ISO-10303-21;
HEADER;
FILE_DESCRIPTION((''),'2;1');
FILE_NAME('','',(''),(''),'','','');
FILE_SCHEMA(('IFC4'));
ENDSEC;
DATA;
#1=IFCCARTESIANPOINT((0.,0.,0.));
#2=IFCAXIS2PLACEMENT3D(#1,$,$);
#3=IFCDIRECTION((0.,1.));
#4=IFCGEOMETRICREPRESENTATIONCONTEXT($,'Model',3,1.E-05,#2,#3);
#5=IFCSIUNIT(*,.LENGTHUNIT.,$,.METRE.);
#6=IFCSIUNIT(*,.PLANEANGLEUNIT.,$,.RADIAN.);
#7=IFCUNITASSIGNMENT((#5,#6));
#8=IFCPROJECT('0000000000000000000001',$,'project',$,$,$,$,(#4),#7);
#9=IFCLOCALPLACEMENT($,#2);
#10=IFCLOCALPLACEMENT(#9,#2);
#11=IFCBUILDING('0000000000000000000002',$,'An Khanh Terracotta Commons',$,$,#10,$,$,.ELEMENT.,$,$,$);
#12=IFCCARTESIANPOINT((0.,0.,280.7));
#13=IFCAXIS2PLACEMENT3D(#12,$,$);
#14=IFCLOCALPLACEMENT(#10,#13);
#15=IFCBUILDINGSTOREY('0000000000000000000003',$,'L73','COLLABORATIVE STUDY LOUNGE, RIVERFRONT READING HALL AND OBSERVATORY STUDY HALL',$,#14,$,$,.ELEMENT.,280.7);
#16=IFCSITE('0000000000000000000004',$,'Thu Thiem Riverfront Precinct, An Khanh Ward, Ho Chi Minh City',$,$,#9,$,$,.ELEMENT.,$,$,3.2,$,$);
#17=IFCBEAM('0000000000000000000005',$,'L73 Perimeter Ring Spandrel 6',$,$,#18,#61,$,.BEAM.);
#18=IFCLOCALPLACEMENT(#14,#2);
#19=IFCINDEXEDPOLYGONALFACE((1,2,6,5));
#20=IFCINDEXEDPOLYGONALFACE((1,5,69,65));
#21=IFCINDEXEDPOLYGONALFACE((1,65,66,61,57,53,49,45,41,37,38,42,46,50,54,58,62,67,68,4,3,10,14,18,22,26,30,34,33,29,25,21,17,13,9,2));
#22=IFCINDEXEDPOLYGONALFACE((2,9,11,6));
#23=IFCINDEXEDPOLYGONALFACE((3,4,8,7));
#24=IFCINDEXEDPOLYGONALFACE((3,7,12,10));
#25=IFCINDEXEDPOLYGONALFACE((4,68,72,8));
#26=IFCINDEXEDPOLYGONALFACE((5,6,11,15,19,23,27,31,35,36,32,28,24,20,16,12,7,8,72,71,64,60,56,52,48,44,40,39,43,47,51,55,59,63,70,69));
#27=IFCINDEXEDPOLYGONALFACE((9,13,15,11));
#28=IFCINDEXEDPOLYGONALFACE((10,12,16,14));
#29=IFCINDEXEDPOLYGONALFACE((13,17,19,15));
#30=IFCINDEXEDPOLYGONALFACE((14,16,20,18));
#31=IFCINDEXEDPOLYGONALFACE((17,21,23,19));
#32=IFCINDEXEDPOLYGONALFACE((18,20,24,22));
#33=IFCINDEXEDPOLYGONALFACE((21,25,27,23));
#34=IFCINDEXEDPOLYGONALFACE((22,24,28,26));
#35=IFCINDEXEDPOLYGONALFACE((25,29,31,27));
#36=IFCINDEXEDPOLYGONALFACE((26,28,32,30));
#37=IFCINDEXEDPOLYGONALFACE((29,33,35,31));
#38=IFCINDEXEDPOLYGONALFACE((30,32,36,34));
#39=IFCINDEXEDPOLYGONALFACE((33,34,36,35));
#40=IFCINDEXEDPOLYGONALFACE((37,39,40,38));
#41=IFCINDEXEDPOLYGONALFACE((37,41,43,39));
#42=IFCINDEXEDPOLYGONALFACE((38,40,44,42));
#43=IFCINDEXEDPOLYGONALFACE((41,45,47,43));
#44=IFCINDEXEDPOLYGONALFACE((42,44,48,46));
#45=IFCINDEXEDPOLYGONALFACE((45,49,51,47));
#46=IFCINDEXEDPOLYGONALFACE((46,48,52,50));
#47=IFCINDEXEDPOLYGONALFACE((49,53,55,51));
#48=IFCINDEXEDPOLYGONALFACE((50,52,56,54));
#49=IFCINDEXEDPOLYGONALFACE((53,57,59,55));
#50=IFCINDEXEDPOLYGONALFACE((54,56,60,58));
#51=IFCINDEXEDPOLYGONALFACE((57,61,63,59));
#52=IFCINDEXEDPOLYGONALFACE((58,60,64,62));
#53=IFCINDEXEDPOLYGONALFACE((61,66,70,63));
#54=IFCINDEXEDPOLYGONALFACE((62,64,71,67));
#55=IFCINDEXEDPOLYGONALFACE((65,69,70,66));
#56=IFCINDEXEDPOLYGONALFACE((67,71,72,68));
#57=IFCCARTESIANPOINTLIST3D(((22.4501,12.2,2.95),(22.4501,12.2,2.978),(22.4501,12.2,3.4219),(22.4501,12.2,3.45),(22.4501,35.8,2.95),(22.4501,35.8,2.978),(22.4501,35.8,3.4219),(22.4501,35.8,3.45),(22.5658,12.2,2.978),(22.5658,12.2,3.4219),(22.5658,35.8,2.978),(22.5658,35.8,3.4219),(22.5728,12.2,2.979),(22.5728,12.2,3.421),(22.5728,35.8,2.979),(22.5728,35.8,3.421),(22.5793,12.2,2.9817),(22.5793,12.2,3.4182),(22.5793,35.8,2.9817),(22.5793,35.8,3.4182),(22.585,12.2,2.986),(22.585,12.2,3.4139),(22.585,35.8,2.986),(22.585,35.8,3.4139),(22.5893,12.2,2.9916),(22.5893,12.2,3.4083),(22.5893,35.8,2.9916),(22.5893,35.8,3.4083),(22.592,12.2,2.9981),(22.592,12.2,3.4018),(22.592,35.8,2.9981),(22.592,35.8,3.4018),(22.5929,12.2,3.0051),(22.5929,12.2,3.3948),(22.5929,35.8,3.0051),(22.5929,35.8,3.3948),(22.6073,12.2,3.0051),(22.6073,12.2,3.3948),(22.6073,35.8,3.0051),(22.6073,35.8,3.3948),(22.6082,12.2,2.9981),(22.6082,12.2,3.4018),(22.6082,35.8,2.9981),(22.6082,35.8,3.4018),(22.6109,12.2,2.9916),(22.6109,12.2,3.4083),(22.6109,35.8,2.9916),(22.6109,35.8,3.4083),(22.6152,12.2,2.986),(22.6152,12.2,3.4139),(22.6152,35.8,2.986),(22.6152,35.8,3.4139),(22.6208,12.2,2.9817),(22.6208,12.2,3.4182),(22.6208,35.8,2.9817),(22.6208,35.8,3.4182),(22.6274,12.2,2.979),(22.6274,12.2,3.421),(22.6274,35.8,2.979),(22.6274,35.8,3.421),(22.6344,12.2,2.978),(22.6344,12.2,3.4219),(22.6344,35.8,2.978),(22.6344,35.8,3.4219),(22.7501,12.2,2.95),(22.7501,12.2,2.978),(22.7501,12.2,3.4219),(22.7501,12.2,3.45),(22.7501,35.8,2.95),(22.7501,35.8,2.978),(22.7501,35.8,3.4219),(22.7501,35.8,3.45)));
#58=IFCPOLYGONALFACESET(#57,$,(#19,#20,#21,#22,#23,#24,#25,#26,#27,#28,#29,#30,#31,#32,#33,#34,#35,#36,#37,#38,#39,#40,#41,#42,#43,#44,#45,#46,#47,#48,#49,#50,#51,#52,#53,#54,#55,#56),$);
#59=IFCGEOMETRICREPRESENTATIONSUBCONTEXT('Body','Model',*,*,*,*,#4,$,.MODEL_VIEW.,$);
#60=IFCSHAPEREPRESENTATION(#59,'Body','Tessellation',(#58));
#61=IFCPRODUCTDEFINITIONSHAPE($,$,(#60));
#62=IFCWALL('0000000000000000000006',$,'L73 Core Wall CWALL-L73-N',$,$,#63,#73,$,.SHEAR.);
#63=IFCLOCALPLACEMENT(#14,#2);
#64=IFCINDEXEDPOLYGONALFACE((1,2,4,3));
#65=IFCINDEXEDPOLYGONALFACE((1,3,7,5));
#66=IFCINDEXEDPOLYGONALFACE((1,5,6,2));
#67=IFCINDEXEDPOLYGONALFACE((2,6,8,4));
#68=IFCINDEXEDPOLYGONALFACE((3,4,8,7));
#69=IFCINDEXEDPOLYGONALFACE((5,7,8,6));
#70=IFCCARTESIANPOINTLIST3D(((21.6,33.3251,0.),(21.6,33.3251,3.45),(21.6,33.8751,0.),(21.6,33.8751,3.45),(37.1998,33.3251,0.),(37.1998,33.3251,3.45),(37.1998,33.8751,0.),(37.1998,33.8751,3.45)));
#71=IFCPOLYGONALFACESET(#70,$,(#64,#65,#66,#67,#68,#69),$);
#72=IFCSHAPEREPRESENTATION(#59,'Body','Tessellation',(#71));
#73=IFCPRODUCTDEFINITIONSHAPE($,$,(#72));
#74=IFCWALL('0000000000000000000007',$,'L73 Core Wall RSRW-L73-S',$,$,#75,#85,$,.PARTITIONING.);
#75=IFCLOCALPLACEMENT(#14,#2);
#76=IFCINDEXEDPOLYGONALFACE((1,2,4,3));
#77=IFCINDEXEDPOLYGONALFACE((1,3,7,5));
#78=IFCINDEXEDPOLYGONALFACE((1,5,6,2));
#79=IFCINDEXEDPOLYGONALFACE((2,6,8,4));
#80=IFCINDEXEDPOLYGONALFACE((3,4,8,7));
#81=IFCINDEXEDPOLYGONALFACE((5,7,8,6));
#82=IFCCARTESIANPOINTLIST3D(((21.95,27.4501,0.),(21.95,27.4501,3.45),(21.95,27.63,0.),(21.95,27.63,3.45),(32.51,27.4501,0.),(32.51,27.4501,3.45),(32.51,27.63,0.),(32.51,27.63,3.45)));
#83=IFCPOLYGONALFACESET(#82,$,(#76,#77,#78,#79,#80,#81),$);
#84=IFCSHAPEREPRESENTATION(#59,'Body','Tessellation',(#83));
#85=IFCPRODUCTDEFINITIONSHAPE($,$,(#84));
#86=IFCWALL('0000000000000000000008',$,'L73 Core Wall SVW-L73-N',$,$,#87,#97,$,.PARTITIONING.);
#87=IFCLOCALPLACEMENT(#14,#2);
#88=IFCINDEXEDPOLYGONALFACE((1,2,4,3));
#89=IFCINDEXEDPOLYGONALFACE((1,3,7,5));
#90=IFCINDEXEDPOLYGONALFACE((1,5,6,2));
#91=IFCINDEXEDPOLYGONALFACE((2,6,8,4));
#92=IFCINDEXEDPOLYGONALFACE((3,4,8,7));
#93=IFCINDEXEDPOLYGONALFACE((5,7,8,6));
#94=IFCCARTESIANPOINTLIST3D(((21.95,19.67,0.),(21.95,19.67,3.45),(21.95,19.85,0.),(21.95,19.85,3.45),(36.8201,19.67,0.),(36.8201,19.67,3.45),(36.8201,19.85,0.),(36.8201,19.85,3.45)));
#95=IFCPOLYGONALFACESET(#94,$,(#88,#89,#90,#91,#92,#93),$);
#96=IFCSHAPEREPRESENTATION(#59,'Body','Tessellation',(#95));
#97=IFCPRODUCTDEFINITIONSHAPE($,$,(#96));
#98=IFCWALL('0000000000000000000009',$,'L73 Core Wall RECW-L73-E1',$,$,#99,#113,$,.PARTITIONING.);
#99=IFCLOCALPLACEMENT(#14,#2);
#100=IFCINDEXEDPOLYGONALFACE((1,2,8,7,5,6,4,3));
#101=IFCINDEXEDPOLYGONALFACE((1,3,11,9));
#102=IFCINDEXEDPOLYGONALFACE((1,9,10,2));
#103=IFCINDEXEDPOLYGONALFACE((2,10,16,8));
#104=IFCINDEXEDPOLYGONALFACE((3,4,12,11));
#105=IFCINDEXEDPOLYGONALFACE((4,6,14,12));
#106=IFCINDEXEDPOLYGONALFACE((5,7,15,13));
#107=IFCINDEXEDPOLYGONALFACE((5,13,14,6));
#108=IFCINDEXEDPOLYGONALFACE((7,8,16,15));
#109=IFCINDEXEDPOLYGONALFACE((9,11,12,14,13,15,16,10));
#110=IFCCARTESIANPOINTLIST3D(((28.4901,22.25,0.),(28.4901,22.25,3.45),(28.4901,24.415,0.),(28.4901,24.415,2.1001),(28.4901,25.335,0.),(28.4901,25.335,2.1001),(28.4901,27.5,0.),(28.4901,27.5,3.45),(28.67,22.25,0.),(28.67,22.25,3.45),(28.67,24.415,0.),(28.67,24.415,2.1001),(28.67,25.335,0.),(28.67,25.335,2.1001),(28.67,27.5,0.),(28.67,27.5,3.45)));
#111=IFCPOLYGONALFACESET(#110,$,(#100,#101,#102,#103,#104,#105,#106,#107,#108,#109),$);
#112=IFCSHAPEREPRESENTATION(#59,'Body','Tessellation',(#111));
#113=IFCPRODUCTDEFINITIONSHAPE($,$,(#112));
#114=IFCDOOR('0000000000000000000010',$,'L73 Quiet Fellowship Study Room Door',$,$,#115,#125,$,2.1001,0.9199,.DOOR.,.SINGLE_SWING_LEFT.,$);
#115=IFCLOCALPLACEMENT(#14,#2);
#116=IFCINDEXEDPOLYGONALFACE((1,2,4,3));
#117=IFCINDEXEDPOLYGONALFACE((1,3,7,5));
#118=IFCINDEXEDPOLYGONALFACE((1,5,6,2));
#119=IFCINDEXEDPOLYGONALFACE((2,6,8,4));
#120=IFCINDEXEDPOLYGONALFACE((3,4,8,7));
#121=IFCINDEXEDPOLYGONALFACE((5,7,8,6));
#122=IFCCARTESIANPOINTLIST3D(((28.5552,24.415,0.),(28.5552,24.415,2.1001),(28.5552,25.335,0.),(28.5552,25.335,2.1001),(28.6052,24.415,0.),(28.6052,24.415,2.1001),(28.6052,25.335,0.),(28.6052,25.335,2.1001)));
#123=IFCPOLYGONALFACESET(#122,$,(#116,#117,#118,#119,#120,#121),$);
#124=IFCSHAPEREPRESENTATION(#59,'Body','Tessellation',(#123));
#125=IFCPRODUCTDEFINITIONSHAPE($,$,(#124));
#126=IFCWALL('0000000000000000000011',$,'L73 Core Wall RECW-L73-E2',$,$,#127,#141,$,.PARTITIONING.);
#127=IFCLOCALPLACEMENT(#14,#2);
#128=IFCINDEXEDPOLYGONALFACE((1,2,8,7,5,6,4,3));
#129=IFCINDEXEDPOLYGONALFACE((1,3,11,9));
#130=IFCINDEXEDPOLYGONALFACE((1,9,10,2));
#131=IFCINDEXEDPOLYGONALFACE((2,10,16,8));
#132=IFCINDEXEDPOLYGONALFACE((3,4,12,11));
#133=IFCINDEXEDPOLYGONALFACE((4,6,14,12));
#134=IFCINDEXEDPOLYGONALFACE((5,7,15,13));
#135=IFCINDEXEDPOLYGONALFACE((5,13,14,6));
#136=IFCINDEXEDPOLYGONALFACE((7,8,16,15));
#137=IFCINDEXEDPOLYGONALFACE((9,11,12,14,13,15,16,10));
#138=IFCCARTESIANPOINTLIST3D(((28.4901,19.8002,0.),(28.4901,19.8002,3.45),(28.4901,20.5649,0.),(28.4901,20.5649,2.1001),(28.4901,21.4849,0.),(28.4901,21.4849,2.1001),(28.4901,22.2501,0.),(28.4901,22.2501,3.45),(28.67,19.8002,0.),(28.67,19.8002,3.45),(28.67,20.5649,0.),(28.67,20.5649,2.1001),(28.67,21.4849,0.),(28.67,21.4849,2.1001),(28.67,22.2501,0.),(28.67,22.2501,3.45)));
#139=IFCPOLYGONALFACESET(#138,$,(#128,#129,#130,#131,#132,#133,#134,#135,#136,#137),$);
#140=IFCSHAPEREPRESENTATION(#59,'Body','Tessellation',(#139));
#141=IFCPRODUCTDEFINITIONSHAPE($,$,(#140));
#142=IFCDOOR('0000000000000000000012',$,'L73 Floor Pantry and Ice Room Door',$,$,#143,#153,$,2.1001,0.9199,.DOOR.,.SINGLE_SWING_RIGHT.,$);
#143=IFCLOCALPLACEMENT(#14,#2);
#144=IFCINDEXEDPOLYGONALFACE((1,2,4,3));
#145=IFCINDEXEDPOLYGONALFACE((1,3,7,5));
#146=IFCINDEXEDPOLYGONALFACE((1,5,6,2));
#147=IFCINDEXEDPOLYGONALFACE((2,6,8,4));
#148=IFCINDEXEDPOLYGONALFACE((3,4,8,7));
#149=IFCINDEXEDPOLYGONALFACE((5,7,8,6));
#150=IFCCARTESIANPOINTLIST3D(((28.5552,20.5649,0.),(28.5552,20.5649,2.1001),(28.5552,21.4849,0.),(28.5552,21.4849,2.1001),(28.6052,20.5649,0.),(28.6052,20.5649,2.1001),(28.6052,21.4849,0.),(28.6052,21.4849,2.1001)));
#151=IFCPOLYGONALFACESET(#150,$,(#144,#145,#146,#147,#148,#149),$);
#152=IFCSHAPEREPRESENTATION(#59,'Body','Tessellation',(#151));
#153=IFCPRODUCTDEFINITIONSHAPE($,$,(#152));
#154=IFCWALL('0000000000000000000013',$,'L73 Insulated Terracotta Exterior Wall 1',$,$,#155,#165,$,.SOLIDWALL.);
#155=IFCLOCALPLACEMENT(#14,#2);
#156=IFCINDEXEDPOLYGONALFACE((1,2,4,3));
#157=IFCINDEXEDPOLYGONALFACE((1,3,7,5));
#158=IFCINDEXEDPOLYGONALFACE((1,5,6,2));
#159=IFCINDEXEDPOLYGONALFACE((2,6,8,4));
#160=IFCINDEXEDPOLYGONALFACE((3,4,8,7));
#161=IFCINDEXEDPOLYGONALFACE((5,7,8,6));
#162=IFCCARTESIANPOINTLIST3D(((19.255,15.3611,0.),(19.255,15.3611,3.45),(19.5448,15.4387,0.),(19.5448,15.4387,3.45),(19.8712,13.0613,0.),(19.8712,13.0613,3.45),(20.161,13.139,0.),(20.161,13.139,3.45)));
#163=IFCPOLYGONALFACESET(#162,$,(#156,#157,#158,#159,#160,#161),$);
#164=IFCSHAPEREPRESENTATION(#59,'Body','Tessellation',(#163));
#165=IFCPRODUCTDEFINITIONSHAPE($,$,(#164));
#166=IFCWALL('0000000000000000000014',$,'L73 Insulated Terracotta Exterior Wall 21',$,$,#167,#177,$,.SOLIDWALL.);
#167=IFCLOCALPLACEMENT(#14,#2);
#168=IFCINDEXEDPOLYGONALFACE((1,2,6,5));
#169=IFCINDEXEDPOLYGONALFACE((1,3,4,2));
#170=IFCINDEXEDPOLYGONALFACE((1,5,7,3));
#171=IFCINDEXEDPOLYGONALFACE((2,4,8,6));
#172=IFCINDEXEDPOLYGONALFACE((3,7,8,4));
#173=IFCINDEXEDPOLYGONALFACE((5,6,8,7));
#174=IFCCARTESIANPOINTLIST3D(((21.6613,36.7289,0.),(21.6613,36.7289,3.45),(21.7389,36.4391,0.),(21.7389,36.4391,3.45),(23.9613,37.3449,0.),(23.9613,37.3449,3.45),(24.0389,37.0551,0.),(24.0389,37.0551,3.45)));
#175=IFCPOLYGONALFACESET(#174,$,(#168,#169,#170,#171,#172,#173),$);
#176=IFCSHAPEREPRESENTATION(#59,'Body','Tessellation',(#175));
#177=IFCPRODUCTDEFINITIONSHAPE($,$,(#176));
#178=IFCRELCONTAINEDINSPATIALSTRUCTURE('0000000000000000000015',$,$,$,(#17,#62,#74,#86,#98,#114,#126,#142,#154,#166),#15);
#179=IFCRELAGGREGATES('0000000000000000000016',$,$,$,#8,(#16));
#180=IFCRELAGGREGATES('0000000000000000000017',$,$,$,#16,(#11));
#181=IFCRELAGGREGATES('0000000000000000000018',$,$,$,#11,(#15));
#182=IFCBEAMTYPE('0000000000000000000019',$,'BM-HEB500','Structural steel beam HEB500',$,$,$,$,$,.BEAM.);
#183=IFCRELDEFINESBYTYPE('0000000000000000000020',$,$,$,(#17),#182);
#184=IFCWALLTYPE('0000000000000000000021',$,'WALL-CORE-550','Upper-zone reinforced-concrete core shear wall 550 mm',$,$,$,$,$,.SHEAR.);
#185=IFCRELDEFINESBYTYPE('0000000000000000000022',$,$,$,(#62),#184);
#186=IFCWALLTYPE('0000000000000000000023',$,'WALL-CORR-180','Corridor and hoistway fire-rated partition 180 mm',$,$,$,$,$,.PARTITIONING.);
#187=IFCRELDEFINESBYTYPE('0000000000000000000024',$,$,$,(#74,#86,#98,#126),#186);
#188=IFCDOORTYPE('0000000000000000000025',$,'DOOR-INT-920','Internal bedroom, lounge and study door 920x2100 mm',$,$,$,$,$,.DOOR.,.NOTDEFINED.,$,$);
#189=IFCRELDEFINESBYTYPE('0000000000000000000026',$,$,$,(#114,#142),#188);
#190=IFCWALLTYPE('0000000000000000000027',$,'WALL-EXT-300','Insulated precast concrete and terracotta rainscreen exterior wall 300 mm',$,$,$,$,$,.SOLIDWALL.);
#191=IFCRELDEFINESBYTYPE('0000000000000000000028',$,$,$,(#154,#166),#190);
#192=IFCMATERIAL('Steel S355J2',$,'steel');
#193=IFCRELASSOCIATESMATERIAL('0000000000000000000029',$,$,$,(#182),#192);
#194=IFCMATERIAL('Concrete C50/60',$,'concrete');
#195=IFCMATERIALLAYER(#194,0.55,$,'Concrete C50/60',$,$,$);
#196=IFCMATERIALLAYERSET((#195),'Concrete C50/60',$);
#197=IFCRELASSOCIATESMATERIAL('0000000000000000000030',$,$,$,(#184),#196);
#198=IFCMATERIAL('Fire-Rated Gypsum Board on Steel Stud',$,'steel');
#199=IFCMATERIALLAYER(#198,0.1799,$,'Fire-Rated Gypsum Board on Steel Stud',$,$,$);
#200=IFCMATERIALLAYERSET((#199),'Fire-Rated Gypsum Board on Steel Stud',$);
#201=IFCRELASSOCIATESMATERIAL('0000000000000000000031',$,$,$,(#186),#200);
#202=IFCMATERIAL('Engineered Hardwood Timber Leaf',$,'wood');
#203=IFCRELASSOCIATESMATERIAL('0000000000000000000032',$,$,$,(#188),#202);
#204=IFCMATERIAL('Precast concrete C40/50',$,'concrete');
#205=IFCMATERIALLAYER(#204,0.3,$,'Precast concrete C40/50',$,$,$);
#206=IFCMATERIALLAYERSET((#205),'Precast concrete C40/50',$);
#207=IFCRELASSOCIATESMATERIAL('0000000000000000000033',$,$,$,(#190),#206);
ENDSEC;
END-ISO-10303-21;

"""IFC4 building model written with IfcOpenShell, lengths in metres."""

from ifc_helpers import new_model, si_unit, direction, frame, frame_2d, origin, origin_2d, place, context, subcontext, project, spatial, rectangle, i_section, extrude, material, layer, layer_set, material_profile, profile_set, type_object, element, fill, save


model = new_model("IFC4")

# Units and contexts
model_context = context("Model", 3, precision=1e-05, world=origin(), true_north=direction((0.0, 1.0)))
body_context = subcontext(model_context, "Body", "Model", "MODEL_VIEW")
ifc_project = project(units=[si_unit("LENGTHUNIT", "METRE"), si_unit("PLANEANGLEUNIT", "RADIAN")], contexts=[model_context])

# Site, building, storey
site_placement = place(None, origin())
site = spatial("IfcSite", under=ifc_project, at=site_placement, Name="Thu Thiem Riverfront Precinct, An Khanh Ward, Ho Chi Minh City", CompositionType="ELEMENT", RefElevation=3.2)
building_placement = place(site_placement, origin())
building = spatial("IfcBuilding", under=site, at=building_placement, Name="An Khanh Terracotta Commons", CompositionType="ELEMENT")
storey_placement = place(building_placement, frame((0.0, 0.0, 280.7)))
storey = spatial("IfcBuildingStorey", under=building, at=storey_placement, Name="L73", Description="COLLABORATIVE STUDY LOUNGE, RIVERFRONT READING HALL AND OBSERVATORY STUDY HALL", CompositionType="ELEMENT", Elevation=280.7)

# Shared definitions
ifc_material_1 = material(Name="Concrete C50/60", Category="concrete")

# Beam
ifc_material_2 = material(Name="Steel S355J2", Category="steel")
ifc_material_profile_1 = material_profile(ifc_material_2, i_section(OverallWidth=0.3, OverallDepth=0.5, WebThickness=0.0144, FlangeThickness=0.0281, FilletRadius=0.0271, at=origin_2d()), Name="HEB500")
ifc_profile_set_1 = profile_set([ifc_material_profile_1], Name="Steel S355J2")
beam_type_1 = type_object("IfcBeamType", Name="BM-HEB500", Description="Structural steel beam HEB500", PredefinedType="BEAM", material=ifc_profile_set_1)
beam_1_placement = place(storey_placement, frame((22.6001, 35.8, 3.2), z_axis=(0.0, -1.0, 0.0), x_axis=(1.0, 0.0, 0.0)))
element("IfcBeam", 1, at=beam_1_placement, inside=storey, type_object=beam_type_1, Name="L73 Perimeter Ring Spandrel 6", PredefinedType="BEAM", context=body_context, shape_type="SweptSolid", body=[
    extrude(i_section(OverallWidth=0.3, OverallDepth=0.5, WebThickness=0.0144, FlangeThickness=0.0281, FilletRadius=0.0271, at=origin_2d()), origin(), (0.0, 0.0, 1.0), 23.6001),
])

# Walls
ifc_layer_1 = layer(ifc_material_1, 0.55, Name="Concrete C50/60")
ifc_layer_set_1 = layer_set([ifc_layer_1], Name="Concrete C50/60")
wall_type_1 = type_object("IfcWallType", Name="WALL-CORE-550", Description="Upper-zone reinforced-concrete core shear wall 550 mm", PredefinedType="SHEAR", material=ifc_layer_set_1)
wall_1_placement = place(storey_placement, frame((21.6001, 33.6001, 0.0), z_axis=(0.0, 0.0, 1.0), x_axis=(1.0, 0.0, 0.0)))
element("IfcWall", 2, at=wall_1_placement, inside=storey, type_object=wall_type_1, Name="L73 Core Wall CWALL-L73-N", PredefinedType="SHEAR", context=body_context, shape_type="SweptSolid", body=[
    extrude(rectangle(XDim=15.5999, YDim=0.55, at=frame_2d((7.7998, 0.0))), origin(), (0.0, 0.0, 1.0), 3.45),
])
ifc_material_3 = material(Name="Fire-Rated Gypsum Board on Steel Stud", Category="steel")
ifc_layer_2 = layer(ifc_material_3, 0.1799, Name="Fire-Rated Gypsum Board on Steel Stud")
ifc_layer_set_2 = layer_set([ifc_layer_2], Name="Fire-Rated Gypsum Board on Steel Stud")
wall_type_2 = type_object("IfcWallType", Name="WALL-CORR-180", Description="Corridor and hoistway fire-rated partition 180 mm", PredefinedType="PARTITIONING", material=ifc_layer_set_2)
wall_2_placement = place(storey_placement, frame((21.95, 27.54, 0.0), z_axis=(0.0, 0.0, 1.0), x_axis=(1.0, 0.0, 0.0)))
element("IfcWall", 3, at=wall_2_placement, inside=storey, type_object=wall_type_2, Name="L73 Core Wall RSRW-L73-S", PredefinedType="PARTITIONING", context=body_context, shape_type="SweptSolid", body=[
    extrude(rectangle(XDim=10.5601, YDim=0.1799, at=frame_2d((5.28, 0.0))), origin(), (0.0, 0.0, 1.0), 3.45),
])
wall_3_placement = place(storey_placement, frame((21.95, 19.76, 0.0), z_axis=(0.0, 0.0, 1.0), x_axis=(1.0, 0.0, 0.0)))
element("IfcWall", 4, at=wall_3_placement, inside=storey, type_object=wall_type_2, Name="L73 Core Wall SVW-L73-N", PredefinedType="PARTITIONING", context=body_context, shape_type="SweptSolid", body=[
    extrude(rectangle(XDim=14.8701, YDim=0.1799, at=frame_2d((7.4351, 0.0))), origin(), (0.0, 0.0, 1.0), 3.45),
])

# Walls, openings, doors
wall_4_placement = place(storey_placement, frame((28.5801, 22.25, 0.0), z_axis=(0.0, 0.0, 1.0), x_axis=(0.0, 1.0, 0.0)))
wall_4 = element("IfcWall", 5, at=wall_4_placement, inside=storey, type_object=wall_type_2, Name="L73 Core Wall RECW-L73-E1", PredefinedType="PARTITIONING", context=body_context, shape_type="SweptSolid", body=[
    extrude(rectangle(XDim=5.25, YDim=0.1799, at=frame_2d((2.625, 0.0))), origin(), (0.0, 0.0, 1.0), 3.45),
])
opening_1_placement = place(wall_4_placement, frame((2.165, 0.0, 0.0)))
opening_1 = element("IfcOpeningElement", 6, at=opening_1_placement, cuts=wall_4, PredefinedType="OPENING", context=body_context, shape_type="SweptSolid", body=[
    extrude(rectangle(XDim=0.9199, YDim=2.1001, at=frame_2d((0.46, 1.05))), frame((0.0, 0.0999, 0.0), z_axis=(0.0, -1.0, 0.0), x_axis=(1.0, 0.0, 0.0)), (0.0, 0.0, 1.0), 0.2),
])
ifc_material_4 = material(Name="Engineered Hardwood Timber Leaf", Category="wood")
door_type = type_object("IfcDoorType", Name="DOOR-INT-920", Description="Internal bedroom, lounge and study door 920x2100 mm", OperationType="NOTDEFINED", PredefinedType="DOOR", material=ifc_material_4)
door_1_placement = place(opening_1_placement, origin())
door_1 = element("IfcDoor", 7, at=door_1_placement, inside=storey, type_object=door_type, Name="L73 Quiet Fellowship Study Room Door", OperationType="SINGLE_SWING_LEFT", OverallHeight=2.1001, OverallWidth=0.9199, PredefinedType="DOOR", context=body_context, shape_type="SweptSolid", body=[
    extrude(rectangle(XDim=0.9199, YDim=2.1001, at=frame_2d((0.46, 1.05))), frame((0.0, 0.0249, 0.0), z_axis=(0.0, -1.0, 0.0), x_axis=(1.0, 0.0, 0.0)), (0.0, 0.0, 1.0), 0.05),
])
fill(opening_1, door_1)
wall_5_placement = place(storey_placement, frame((28.5801, 19.8, 0.0), z_axis=(0.0, 0.0, 1.0), x_axis=(0.0, 1.0, 0.0)))
wall_5 = element("IfcWall", 8, at=wall_5_placement, inside=storey, type_object=wall_type_2, Name="L73 Core Wall RECW-L73-E2", PredefinedType="PARTITIONING", context=body_context, shape_type="SweptSolid", body=[
    extrude(rectangle(XDim=2.45, YDim=0.1799, at=frame_2d((1.2251, 0.0))), origin(), (0.0, 0.0, 1.0), 3.45),
])
opening_2_placement = place(wall_5_placement, frame((0.7649, 0.0, 0.0)))
opening_2 = element("IfcOpeningElement", 9, at=opening_2_placement, cuts=wall_5, PredefinedType="OPENING", context=body_context, shape_type="SweptSolid", body=[
    extrude(rectangle(XDim=0.9199, YDim=2.1001, at=frame_2d((0.46, 1.05))), frame((0.0, 0.0999, 0.0), z_axis=(0.0, -1.0, 0.0), x_axis=(1.0, 0.0, 0.0)), (0.0, 0.0, 1.0), 0.2),
])
door_2_placement = place(opening_2_placement, origin())
door_2 = element("IfcDoor", 10, at=door_2_placement, inside=storey, type_object=door_type, Name="L73 Floor Pantry and Ice Room Door", OperationType="SINGLE_SWING_RIGHT", OverallHeight=2.1001, OverallWidth=0.9199, PredefinedType="DOOR", context=body_context, shape_type="SweptSolid", body=[
    extrude(rectangle(XDim=0.9199, YDim=2.1001, at=frame_2d((0.46, 1.05))), frame((0.0, 0.0249, 0.0), z_axis=(0.0, -1.0, 0.0), x_axis=(1.0, 0.0, 0.0)), (0.0, 0.0, 1.0), 0.05),
])
fill(opening_2, door_2)

# Walls
ifc_material_5 = material(Name="Precast concrete C40/50", Category="concrete")
ifc_layer_3 = layer(ifc_material_5, 0.3, Name="Precast concrete C40/50")
ifc_layer_set_3 = layer_set([ifc_layer_3], Name="Precast concrete C40/50")
wall_type_3 = type_object("IfcWallType", Name="WALL-EXT-300", Description="Insulated precast concrete and terracotta rainscreen exterior wall 300 mm", PredefinedType="SOLIDWALL", material=ifc_layer_set_3)
wall_6_placement = place(storey_placement, frame((19.3999, 15.3999, 0.0), z_axis=(0.0, 0.0, 1.0), x_axis=(0.258811, -0.965928, 0.0)))
element("IfcWall", 11, at=wall_6_placement, inside=storey, type_object=wall_type_3, Name="L73 Insulated Terracotta Exterior Wall 1", PredefinedType="SOLIDWALL", context=body_context, shape_type="SweptSolid", body=[
    extrude(rectangle(XDim=2.3809, YDim=0.3, at=frame_2d((1.1904, 0.0))), origin(), (0.0, 0.0, 1.0), 3.45),
])
wall_7_placement = place(storey_placement, frame((24.0, 37.2, 0.0), z_axis=(0.0, 0.0, 1.0), x_axis=(-0.96596, -0.25869, 0.0)))
element("IfcWall", 12, at=wall_7_placement, inside=storey, type_object=wall_type_3, Name="L73 Insulated Terracotta Exterior Wall 21", PredefinedType="SOLIDWALL", context=body_context, shape_type="SweptSolid", body=[
    extrude(rectangle(XDim=2.3811, YDim=0.3, at=frame_2d((1.1904, 0.0))), origin(), (0.0, 0.0, 1.0), 3.45),
])

save(model, "model.ifc")
